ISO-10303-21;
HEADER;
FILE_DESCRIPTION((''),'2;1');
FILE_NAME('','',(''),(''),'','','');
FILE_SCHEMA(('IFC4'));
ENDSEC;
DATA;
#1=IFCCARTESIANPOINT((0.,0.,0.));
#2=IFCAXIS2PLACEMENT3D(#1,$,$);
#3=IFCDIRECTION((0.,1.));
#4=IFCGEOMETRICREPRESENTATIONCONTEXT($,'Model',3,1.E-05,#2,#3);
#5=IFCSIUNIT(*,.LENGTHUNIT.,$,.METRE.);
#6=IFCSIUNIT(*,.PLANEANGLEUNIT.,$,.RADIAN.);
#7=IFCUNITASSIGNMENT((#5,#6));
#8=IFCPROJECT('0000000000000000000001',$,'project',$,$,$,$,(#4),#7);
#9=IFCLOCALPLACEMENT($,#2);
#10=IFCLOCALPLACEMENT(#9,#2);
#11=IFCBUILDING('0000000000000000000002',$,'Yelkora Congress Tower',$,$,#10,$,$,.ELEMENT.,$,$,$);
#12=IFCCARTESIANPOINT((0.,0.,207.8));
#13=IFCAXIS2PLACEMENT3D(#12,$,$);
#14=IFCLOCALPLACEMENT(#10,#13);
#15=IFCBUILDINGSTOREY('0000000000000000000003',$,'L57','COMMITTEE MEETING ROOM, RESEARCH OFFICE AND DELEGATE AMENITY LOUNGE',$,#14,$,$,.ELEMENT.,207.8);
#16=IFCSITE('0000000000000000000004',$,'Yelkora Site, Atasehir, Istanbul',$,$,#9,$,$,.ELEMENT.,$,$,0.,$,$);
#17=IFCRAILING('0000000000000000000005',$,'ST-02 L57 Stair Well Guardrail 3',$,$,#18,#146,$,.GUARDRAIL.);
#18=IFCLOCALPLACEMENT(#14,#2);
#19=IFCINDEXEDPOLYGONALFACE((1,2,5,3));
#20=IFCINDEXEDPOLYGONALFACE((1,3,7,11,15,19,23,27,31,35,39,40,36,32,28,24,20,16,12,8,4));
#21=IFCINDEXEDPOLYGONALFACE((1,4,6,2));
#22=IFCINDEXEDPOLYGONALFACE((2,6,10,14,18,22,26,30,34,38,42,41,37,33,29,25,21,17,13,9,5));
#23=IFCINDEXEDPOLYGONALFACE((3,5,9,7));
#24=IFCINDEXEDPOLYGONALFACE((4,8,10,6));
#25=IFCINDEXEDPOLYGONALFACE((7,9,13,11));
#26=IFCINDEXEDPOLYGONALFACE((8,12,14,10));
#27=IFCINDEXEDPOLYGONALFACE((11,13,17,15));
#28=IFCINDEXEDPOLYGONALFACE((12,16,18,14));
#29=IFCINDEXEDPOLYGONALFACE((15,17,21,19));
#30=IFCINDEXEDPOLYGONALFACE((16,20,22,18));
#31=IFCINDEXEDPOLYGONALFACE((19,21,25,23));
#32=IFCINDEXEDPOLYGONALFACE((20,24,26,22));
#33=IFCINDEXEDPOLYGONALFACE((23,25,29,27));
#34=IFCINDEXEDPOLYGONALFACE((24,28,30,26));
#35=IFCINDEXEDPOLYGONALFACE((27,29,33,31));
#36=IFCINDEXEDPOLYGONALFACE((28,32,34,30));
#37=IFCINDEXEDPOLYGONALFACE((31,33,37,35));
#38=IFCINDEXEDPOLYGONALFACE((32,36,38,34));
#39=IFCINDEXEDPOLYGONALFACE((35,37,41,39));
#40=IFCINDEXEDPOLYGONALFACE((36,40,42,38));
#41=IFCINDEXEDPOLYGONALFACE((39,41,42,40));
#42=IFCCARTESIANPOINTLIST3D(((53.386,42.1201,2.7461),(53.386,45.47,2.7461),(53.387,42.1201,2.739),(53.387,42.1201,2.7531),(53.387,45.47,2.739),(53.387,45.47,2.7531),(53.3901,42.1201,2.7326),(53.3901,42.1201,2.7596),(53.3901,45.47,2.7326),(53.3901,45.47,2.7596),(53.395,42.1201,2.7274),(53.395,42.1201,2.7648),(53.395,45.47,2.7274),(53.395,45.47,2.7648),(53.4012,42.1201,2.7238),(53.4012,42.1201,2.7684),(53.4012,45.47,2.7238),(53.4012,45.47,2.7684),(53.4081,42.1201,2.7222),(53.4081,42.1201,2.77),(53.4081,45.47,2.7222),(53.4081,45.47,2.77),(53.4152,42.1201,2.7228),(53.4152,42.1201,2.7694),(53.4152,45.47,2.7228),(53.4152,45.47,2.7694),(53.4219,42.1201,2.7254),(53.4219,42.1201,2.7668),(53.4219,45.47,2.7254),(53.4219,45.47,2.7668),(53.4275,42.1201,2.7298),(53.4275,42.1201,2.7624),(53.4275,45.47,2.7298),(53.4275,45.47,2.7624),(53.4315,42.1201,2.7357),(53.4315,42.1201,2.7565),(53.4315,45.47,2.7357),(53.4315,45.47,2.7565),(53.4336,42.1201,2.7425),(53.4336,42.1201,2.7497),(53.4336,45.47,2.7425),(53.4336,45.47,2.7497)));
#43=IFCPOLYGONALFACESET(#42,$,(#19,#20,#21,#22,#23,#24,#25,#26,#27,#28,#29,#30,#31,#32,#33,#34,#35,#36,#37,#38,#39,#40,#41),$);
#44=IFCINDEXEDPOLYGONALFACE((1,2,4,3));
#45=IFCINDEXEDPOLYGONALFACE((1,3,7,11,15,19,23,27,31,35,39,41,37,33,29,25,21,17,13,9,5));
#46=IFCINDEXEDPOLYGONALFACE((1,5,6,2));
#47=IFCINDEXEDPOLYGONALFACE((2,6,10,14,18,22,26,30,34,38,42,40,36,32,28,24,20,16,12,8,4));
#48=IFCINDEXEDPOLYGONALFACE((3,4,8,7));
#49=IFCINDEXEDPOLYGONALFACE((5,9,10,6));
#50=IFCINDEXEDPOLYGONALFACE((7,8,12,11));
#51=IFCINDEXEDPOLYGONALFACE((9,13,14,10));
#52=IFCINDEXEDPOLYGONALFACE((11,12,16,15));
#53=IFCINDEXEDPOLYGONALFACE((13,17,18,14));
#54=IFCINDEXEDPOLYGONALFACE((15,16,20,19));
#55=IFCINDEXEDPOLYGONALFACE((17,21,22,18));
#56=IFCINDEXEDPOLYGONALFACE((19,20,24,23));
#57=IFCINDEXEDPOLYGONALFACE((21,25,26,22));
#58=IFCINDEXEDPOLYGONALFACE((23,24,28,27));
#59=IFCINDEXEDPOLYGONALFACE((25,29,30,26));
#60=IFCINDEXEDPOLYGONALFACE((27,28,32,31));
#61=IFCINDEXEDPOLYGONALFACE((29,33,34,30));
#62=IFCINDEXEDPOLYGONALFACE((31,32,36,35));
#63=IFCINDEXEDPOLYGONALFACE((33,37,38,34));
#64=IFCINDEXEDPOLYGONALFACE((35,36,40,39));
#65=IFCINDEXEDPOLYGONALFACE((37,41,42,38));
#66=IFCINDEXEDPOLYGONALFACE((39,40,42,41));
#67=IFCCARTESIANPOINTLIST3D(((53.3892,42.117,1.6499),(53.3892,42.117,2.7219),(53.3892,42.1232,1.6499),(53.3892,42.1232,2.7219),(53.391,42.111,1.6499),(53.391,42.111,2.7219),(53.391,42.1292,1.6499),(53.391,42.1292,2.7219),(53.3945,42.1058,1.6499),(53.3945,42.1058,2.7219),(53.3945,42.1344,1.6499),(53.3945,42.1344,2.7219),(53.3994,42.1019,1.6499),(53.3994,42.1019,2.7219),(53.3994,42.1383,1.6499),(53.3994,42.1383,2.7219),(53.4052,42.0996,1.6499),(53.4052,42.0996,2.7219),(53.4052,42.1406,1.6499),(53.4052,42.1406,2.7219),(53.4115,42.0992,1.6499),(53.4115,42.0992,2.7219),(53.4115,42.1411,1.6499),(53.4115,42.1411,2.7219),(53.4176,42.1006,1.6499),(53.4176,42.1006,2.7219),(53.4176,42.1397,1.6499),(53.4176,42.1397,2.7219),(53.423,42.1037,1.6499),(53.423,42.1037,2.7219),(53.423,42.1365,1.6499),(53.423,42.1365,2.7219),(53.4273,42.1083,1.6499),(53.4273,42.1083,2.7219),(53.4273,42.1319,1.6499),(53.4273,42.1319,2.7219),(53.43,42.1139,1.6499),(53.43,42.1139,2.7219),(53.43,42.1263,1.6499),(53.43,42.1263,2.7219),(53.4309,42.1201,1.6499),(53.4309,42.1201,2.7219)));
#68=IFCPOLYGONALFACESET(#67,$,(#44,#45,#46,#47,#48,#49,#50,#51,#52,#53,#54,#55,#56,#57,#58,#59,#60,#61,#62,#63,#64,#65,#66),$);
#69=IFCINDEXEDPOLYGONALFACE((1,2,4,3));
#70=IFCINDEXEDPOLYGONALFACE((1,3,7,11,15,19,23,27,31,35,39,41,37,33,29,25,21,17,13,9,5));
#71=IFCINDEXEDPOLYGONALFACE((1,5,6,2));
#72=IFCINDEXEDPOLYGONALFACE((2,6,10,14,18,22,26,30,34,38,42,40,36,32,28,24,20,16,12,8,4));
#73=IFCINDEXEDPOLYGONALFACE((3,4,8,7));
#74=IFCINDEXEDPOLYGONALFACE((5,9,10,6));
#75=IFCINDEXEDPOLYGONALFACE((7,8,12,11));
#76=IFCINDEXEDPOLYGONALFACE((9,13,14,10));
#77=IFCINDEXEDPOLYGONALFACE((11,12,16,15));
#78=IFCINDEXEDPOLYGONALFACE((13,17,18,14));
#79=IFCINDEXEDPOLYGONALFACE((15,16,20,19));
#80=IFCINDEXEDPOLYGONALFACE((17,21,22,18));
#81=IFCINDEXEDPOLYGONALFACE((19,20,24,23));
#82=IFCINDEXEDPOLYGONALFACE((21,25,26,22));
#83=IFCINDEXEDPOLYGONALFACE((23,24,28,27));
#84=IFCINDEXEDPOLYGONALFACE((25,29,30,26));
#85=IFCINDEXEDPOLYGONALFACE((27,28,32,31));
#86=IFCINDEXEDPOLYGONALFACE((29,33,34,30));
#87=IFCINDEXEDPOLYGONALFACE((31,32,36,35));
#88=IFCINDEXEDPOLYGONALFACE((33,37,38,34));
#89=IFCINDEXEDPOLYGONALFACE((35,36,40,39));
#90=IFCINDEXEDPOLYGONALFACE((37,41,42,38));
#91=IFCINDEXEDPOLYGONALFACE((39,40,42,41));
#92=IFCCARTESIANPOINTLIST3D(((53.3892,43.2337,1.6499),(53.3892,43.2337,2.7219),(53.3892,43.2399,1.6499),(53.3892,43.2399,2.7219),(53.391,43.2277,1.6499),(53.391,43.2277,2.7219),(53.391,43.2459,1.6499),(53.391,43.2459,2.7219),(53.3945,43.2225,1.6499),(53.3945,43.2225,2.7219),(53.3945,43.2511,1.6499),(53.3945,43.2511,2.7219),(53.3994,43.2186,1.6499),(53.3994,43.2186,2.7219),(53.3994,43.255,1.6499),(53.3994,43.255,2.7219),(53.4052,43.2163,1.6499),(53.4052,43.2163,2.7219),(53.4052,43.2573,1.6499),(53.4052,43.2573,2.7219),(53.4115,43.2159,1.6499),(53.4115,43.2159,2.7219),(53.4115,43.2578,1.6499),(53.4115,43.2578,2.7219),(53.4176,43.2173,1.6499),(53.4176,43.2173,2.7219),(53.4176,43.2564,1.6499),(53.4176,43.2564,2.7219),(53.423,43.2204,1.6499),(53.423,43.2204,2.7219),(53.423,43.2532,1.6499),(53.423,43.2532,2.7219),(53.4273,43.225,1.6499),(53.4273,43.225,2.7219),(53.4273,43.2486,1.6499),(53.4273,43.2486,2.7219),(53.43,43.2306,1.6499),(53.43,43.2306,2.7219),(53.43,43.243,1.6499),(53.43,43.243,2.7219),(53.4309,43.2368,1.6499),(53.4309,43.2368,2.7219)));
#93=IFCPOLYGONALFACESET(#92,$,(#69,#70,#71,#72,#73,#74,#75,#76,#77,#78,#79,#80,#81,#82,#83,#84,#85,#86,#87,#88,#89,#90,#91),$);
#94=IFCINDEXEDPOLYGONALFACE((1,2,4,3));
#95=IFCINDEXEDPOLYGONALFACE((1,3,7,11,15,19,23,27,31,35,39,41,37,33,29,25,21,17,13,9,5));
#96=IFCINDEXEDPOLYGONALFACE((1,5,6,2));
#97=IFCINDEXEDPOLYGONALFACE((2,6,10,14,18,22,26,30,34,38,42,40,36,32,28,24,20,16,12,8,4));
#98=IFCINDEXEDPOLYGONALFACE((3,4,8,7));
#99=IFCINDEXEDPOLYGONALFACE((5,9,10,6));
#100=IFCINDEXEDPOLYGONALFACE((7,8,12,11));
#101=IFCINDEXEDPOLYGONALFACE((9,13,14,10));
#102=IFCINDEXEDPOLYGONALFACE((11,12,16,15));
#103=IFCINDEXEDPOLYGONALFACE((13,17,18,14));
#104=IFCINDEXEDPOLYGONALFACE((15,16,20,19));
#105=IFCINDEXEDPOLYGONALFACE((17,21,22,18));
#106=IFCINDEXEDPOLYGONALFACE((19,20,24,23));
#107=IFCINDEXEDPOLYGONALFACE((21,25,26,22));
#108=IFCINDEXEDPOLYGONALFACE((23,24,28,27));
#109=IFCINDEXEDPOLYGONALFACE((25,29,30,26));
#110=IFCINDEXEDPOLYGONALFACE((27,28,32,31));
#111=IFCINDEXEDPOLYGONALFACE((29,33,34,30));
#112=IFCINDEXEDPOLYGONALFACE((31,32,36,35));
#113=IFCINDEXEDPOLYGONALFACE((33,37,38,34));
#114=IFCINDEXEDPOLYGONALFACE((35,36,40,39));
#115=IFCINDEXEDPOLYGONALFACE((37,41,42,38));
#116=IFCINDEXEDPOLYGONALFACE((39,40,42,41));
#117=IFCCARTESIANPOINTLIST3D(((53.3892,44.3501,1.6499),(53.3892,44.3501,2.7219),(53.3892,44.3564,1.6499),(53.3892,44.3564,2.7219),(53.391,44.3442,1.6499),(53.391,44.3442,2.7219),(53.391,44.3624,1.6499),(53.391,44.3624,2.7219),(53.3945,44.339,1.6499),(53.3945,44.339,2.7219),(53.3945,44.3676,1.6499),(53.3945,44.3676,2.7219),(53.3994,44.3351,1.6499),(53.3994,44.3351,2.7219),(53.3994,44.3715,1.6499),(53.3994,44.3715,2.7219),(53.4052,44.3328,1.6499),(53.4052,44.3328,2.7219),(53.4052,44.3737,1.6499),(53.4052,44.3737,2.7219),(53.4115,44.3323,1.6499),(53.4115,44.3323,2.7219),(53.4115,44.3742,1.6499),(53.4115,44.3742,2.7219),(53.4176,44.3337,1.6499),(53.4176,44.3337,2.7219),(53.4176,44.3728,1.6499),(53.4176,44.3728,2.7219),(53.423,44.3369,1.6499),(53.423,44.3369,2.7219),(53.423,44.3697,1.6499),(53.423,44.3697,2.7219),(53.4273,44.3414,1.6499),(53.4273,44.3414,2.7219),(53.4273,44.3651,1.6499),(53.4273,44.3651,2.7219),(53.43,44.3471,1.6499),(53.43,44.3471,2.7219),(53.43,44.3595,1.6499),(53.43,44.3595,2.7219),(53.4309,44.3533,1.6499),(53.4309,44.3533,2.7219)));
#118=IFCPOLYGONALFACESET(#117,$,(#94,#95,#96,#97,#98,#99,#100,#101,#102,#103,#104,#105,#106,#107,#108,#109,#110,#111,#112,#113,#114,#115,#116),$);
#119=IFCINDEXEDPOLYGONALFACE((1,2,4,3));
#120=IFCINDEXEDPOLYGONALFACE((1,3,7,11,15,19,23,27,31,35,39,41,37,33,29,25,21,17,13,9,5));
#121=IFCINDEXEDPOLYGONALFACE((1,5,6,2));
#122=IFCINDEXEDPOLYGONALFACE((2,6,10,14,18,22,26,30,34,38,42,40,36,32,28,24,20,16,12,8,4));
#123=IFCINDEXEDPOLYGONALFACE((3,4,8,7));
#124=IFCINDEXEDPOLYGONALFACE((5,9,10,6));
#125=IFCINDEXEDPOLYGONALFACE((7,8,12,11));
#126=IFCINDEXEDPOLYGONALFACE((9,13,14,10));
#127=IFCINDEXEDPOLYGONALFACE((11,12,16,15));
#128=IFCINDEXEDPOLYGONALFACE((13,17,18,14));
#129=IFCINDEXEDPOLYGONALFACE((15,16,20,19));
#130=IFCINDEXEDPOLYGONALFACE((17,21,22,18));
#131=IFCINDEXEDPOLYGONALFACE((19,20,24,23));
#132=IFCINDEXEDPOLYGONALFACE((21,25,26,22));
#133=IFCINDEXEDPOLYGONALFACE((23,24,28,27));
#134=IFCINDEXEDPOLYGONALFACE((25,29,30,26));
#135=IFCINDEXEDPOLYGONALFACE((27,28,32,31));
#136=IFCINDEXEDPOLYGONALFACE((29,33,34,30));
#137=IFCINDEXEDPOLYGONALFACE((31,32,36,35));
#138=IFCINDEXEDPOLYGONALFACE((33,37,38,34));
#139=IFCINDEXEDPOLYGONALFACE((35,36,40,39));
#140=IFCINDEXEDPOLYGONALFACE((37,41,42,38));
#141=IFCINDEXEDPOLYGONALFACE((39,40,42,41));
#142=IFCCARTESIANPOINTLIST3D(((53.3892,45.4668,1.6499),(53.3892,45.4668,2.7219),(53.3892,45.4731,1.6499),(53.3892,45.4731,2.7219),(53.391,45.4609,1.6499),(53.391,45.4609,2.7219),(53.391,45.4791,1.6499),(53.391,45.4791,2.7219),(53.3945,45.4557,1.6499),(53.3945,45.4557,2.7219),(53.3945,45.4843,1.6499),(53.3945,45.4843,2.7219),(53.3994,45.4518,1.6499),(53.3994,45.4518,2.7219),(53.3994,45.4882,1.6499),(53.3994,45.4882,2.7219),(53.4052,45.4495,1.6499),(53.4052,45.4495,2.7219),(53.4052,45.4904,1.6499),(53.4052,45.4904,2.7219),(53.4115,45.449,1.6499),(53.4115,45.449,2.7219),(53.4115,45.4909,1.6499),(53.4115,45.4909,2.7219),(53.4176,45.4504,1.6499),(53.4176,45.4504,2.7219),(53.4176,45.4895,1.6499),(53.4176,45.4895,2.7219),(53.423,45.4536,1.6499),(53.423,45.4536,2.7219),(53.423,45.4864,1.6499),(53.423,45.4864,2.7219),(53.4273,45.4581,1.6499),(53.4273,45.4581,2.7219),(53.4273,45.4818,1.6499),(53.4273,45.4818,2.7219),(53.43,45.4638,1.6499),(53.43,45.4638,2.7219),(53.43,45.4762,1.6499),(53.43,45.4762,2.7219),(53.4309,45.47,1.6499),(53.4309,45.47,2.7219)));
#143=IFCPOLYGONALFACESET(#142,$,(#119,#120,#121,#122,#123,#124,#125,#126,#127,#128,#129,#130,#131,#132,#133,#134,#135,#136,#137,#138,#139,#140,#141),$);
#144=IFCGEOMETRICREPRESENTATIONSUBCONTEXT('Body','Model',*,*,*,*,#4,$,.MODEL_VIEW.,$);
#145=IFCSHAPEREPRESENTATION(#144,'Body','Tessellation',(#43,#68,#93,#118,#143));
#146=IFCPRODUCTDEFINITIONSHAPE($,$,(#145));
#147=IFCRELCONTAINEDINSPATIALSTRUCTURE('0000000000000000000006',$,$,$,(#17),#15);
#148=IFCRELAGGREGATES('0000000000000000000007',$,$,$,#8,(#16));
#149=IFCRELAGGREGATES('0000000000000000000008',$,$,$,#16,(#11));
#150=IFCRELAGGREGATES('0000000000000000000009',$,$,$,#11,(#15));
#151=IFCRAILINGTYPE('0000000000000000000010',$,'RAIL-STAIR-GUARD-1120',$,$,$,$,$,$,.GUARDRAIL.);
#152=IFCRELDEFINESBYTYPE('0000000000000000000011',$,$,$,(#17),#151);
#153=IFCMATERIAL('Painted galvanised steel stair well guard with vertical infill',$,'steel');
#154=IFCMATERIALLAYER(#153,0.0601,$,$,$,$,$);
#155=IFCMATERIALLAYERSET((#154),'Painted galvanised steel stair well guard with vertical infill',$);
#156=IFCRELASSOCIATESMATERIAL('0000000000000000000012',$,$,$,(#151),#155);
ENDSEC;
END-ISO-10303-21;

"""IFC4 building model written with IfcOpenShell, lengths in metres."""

from ifc_helpers import new_model, si_unit, direction, frame, origin, origin_2d, place, context, subcontext, project, spatial, circle, extrude, material, layer, layer_set, type_object, element, save


model = new_model("IFC4")

# Units and contexts
model_context = context("Model", 3, precision=1e-05, world=origin(), true_north=direction((0.0, 1.0)))
body_context = subcontext(model_context, "Body", "Model", "MODEL_VIEW")
ifc_project = project(units=[si_unit("LENGTHUNIT", "METRE"), si_unit("PLANEANGLEUNIT", "RADIAN")], contexts=[model_context])

# Site, building, storey
site_placement = place(None, origin())
site = spatial("IfcSite", under=ifc_project, at=site_placement, Name="Yelkora Site, Atasehir, Istanbul", CompositionType="ELEMENT", RefElevation=0.0)
building_placement = place(site_placement, origin())
building = spatial("IfcBuilding", under=site, at=building_placement, Name="Yelkora Congress Tower", CompositionType="ELEMENT")
storey_placement = place(building_placement, frame((0.0, 0.0, 207.8)))
storey = spatial("IfcBuildingStorey", under=building, at=storey_placement, Name="L57", Description="COMMITTEE MEETING ROOM, RESEARCH OFFICE AND DELEGATE AMENITY LOUNGE", CompositionType="ELEMENT", Elevation=207.8)

# Railing
ifc_material_1 = material(Name="Painted galvanised steel stair well guard with vertical infill", Category="steel")
ifc_layer_1 = layer(ifc_material_1, 0.0601)
ifc_layer_set_1 = layer_set([ifc_layer_1], Name="Painted galvanised steel stair well guard with vertical infill")
railing_type_1 = type_object("IfcRailingType", Name="RAIL-STAIR-GUARD-1120", PredefinedType="GUARDRAIL", material=ifc_layer_set_1)
railing_1_placement = place(storey_placement, frame((53.4099, 42.1201, 1.6499)))
element("IfcRailing", 1, at=railing_1_placement, inside=storey, type_object=railing_type_1, Name="ST-02 L57 Stair Well Guardrail 3", PredefinedType="GUARDRAIL", context=body_context, shape_type="SweptSolid", body=[
    extrude(circle(Radius=0.0239, at=origin_2d()), frame((0.0, 0.0, 1.0962), z_axis=(0.0, 1.0, 0.0), x_axis=(-1.0, 0.0, 0.0)), (0.0, 0.0, 1.0), 3.3499),
    extrude(circle(Radius=0.021, at=origin_2d()), origin(), (0.0, 0.0, 1.0), 1.072),
    extrude(circle(Radius=0.021, at=origin_2d()), frame((0.0, 1.1167, 0.0)), (0.0, 0.0, 1.0), 1.072),
    extrude(circle(Radius=0.021, at=origin_2d()), frame((0.0, 2.2332, 0.0)), (0.0, 0.0, 1.0), 1.072),
    extrude(circle(Radius=0.021, at=origin_2d()), frame((0.0, 3.3499, 0.0)), (0.0, 0.0, 1.0), 1.072),
])

save(model, "model.ifc")
